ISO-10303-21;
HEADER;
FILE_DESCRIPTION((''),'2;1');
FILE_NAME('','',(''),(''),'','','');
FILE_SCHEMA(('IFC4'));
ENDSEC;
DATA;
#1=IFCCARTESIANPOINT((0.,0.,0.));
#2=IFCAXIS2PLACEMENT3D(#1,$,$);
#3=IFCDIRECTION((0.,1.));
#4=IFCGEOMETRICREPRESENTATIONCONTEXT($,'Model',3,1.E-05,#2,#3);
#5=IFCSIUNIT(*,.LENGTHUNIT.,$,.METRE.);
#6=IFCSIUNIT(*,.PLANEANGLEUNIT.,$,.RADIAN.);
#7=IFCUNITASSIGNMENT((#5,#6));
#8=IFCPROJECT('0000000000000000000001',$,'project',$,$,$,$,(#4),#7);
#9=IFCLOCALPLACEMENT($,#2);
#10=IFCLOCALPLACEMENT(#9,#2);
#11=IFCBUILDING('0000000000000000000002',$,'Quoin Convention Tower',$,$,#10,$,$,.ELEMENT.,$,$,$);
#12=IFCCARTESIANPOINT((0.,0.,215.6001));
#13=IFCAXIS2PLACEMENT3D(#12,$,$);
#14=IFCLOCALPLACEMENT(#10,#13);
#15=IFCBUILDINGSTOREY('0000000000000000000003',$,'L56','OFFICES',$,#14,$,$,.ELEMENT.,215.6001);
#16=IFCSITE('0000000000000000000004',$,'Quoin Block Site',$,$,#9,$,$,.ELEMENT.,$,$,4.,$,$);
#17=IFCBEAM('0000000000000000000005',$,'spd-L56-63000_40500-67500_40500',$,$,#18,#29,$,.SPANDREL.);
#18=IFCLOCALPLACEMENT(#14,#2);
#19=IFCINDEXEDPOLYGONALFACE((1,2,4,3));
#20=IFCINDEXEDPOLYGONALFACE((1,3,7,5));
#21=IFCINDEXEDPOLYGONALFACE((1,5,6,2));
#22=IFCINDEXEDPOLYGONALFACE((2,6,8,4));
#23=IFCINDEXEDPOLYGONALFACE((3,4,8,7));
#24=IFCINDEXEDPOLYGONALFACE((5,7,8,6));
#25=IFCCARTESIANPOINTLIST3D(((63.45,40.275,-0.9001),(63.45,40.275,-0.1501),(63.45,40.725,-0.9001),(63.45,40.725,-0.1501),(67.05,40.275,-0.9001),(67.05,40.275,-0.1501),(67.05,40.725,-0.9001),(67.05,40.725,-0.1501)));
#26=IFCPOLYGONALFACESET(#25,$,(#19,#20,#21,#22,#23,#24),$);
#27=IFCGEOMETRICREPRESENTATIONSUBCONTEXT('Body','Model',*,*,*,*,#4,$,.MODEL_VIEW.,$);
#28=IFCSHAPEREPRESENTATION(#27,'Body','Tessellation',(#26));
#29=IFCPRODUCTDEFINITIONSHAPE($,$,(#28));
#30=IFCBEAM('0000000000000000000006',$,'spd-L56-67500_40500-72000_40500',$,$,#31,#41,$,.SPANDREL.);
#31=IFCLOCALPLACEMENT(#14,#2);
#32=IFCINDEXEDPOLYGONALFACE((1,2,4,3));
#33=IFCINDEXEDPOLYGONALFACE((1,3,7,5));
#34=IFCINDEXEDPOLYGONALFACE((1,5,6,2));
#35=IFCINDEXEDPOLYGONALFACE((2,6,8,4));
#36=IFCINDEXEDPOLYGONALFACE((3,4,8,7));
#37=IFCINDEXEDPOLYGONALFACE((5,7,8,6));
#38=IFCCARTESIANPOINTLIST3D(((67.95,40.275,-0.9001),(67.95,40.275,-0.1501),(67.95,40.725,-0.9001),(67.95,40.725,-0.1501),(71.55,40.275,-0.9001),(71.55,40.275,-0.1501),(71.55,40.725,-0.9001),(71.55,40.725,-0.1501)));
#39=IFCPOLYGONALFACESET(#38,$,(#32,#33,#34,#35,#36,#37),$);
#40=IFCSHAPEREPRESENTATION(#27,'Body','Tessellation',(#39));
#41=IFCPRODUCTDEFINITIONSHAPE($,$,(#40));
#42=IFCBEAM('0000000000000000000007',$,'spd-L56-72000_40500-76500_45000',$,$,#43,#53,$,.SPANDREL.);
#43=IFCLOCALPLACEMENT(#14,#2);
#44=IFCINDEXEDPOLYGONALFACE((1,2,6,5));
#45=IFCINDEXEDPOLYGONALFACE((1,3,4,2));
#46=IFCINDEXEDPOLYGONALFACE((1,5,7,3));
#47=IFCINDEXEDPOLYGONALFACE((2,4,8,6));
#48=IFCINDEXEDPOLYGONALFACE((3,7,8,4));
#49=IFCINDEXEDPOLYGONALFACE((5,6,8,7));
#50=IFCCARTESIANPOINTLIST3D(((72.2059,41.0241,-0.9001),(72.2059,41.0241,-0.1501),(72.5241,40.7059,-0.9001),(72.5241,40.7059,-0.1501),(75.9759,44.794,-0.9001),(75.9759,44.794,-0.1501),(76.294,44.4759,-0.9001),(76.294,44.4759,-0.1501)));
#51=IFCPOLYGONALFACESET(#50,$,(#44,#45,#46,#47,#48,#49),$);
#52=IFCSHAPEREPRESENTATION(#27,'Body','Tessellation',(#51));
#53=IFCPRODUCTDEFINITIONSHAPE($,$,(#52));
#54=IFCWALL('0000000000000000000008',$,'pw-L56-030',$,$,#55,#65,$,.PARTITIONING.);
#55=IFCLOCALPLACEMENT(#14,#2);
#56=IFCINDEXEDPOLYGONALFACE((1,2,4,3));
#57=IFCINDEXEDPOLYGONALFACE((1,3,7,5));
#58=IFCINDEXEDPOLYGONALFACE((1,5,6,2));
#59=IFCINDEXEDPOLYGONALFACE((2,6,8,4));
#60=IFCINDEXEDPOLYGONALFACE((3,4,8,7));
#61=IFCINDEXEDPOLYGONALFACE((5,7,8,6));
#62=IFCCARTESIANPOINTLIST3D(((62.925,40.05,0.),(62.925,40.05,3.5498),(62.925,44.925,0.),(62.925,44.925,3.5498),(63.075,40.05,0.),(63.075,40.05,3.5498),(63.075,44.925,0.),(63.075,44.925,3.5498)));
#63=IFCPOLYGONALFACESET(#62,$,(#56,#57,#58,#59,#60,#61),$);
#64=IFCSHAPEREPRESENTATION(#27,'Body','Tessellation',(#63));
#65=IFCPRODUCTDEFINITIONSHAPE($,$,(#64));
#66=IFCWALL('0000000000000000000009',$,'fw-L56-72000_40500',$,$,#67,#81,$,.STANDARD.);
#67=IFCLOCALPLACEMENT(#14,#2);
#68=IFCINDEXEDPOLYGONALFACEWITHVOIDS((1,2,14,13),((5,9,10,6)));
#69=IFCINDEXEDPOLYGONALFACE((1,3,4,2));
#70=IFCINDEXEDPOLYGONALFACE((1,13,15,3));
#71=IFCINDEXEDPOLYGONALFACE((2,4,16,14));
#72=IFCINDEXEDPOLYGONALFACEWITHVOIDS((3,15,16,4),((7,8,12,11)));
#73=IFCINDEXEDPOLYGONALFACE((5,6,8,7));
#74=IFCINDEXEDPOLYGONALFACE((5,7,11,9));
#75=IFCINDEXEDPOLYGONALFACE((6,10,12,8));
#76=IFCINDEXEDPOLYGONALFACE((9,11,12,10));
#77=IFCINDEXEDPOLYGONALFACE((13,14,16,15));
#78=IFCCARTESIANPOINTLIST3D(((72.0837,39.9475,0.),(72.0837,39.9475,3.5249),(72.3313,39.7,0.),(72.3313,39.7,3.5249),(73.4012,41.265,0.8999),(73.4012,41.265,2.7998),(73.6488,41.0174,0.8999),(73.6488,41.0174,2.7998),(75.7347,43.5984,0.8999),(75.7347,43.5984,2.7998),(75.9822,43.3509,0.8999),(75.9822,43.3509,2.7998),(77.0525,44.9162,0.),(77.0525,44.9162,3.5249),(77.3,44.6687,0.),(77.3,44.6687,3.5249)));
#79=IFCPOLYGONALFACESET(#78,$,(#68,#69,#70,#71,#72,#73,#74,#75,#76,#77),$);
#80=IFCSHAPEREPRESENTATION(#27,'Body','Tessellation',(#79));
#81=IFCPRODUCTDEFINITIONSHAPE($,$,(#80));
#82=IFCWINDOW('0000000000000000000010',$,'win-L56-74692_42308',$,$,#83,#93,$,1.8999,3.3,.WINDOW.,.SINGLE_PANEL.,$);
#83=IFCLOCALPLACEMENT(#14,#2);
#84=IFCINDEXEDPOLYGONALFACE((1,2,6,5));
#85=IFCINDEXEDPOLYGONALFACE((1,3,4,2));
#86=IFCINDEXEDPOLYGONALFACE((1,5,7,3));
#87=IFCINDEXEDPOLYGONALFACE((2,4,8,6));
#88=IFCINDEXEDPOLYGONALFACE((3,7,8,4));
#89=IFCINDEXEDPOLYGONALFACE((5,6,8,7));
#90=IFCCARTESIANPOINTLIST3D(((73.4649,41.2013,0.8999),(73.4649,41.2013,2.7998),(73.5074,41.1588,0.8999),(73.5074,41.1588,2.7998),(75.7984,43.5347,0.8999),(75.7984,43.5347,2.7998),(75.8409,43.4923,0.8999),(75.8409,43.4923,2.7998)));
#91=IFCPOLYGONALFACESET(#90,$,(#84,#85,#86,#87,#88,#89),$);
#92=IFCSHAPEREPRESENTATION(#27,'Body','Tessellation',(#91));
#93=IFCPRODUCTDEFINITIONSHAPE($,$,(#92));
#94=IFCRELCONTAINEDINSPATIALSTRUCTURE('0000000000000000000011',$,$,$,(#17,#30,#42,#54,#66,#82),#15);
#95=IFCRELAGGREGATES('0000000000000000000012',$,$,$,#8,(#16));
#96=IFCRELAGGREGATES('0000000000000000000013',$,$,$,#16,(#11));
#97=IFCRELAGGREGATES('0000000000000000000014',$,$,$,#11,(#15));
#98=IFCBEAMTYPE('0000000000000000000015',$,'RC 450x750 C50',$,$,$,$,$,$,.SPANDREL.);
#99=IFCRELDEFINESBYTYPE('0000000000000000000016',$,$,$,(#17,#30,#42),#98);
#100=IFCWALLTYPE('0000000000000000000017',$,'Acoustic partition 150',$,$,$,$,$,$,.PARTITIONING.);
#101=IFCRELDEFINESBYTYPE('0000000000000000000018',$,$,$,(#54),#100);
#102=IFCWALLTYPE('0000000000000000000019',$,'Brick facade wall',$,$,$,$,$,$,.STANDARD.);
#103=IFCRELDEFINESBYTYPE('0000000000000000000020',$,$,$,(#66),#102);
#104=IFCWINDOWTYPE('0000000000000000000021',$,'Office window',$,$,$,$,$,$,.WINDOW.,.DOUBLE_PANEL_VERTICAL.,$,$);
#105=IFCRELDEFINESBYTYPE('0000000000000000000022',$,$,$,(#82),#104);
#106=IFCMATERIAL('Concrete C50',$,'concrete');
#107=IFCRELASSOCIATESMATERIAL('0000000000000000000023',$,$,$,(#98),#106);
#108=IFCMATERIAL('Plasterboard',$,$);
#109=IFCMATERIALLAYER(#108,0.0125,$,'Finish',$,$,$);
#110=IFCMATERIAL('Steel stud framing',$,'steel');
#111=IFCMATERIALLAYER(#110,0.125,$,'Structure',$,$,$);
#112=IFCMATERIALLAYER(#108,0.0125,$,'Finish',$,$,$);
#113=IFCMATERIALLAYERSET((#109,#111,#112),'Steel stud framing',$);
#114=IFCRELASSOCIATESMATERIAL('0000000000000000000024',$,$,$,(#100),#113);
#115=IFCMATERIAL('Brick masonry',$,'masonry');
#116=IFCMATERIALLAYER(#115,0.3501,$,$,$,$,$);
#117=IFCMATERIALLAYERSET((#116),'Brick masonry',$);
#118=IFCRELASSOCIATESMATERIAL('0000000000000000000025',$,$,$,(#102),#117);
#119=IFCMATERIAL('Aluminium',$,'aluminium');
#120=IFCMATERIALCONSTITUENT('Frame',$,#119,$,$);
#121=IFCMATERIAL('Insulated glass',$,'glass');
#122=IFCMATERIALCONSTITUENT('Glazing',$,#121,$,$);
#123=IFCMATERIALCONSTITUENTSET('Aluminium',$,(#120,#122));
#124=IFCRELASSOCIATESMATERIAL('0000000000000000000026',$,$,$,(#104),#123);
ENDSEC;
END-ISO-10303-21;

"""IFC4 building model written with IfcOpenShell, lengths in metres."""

from ifc_helpers import new_model, si_unit, direction, frame, frame_2d, origin, origin_2d, place, context, subcontext, project, spatial, rectangle, extrude, material, layer, layer_set, constituent, constituent_set, material_profile, profile_set, type_object, element, fill, save


model = new_model("IFC4")

# Units and contexts
model_context = context("Model", 3, precision=1e-05, world=origin(), true_north=direction((0.0, 1.0)))
body_context = subcontext(model_context, "Body", "Model", "MODEL_VIEW")
ifc_project = project(units=[si_unit("LENGTHUNIT", "METRE"), si_unit("PLANEANGLEUNIT", "RADIAN")], contexts=[model_context])

# Site, building, storey
site_placement = place(None, origin())
site = spatial("IfcSite", under=ifc_project, at=site_placement, Name="Quoin Block Site", CompositionType="ELEMENT", RefElevation=4.0)
building_placement = place(site_placement, origin())
building = spatial("IfcBuilding", under=site, at=building_placement, Name="Quoin Convention Tower", CompositionType="ELEMENT")
storey_placement = place(building_placement, frame((0.0, 0.0, 215.6001)))
storey = spatial("IfcBuildingStorey", under=building, at=storey_placement, Name="L56", Description="OFFICES", CompositionType="ELEMENT", Elevation=215.6001)

# Shared definitions
ifc_material_1 = material(Name="Concrete C50", Category="concrete")

# Beams
ifc_material_profile_1 = material_profile(ifc_material_1, rectangle(XDim=0.45, YDim=0.75, at=origin_2d()), Name="RC 450x750")
ifc_profile_set_1 = profile_set([ifc_material_profile_1], Name="Concrete C50")
beam_type_1 = type_object("IfcBeamType", Name="RC 450x750 C50", PredefinedType="SPANDREL", material=ifc_profile_set_1)
for number, where, z_axis, x_axis, name in (
    (1, (63.45, 40.5, -0.5251), (1.0, 0.0, 0.0), (0.0, 1.0, 0.0), "spd-L56-63000_40500-67500_40500"),
    (2, (67.95, 40.5, -0.5251), (1.0, 0.0, 0.0), (0.0, 1.0, 0.0), "spd-L56-67500_40500-72000_40500"),
):
    element("IfcBeam", number, at=place(storey_placement, frame(where, z_axis=z_axis, x_axis=x_axis)), inside=storey, type_object=beam_type_1, Name=name, PredefinedType="SPANDREL", context=body_context, shape_type="SweptSolid", body=[
        extrude(rectangle(XDim=0.45, YDim=0.75, at=origin_2d()), origin(), (0.0, 0.0, 1.0), 3.6001),
    ])
beam_1_placement = place(storey_placement, frame((72.365, 40.865, -0.5251), z_axis=(0.707107, 0.707107, 0.0), x_axis=(-0.707107, 0.707107, 0.0)))
element("IfcBeam", 3, at=beam_1_placement, inside=storey, type_object=beam_type_1, Name="spd-L56-72000_40500-76500_45000", PredefinedType="SPANDREL", context=body_context, shape_type="SweptSolid", body=[
    extrude(rectangle(XDim=0.45, YDim=0.75, at=origin_2d()), origin(), (0.0, 0.0, 1.0), 5.3315),
])

# Wall
ifc_material_2 = material(Name="Plasterboard")
ifc_layer_1 = layer(ifc_material_2, 0.0125, Name="Finish")
ifc_material_3 = material(Name="Steel stud framing", Category="steel")
ifc_layer_2 = layer(ifc_material_3, 0.125, Name="Structure")
ifc_layer_3 = layer(ifc_material_2, 0.0125, Name="Finish")
ifc_layer_set_1 = layer_set([ifc_layer_1, ifc_layer_2, ifc_layer_3], Name="Steel stud framing")
wall_type_1 = type_object("IfcWallType", Name="Acoustic partition 150", PredefinedType="PARTITIONING", material=ifc_layer_set_1)
wall_1_placement = place(storey_placement, frame((63.0, 40.05, 0.0), z_axis=(0.0, 0.0, 1.0), x_axis=(0.0, 1.0, 0.0)))
element("IfcWall", 4, at=wall_1_placement, inside=storey, type_object=wall_type_1, Name="pw-L56-030", PredefinedType="PARTITIONING", context=body_context, shape_type="SweptSolid", body=[
    extrude(rectangle(XDim=4.875, YDim=0.1499, at=frame_2d((2.4375, 0.0))), origin(), (0.0, 0.0, 1.0), 3.5498),
])

# Wall, opening, window
ifc_material_4 = material(Name="Brick masonry", Category="masonry")
ifc_layer_4 = layer(ifc_material_4, 0.3501)
ifc_layer_set_2 = layer_set([ifc_layer_4], Name="Brick masonry")
wall_type_2 = type_object("IfcWallType", Name="Brick facade wall", PredefinedType="STANDARD", material=ifc_layer_set_2)
wall_2_placement = place(storey_placement, frame((72.2075, 39.8237, 0.0), z_axis=(0.0, 0.0, 1.0), x_axis=(0.707107, 0.707107, 0.0)))
wall_2 = element("IfcWall", 5, at=wall_2_placement, inside=storey, type_object=wall_type_2, Name="fw-L56-72000_40500", PredefinedType="STANDARD", context=body_context, shape_type="SweptSolid", body=[
    extrude(rectangle(XDim=7.0269, YDim=0.3501, at=frame_2d((3.5134, 0.0))), origin(), (0.0, 0.0, 1.0), 3.5249),
])
opening_1_placement = place(wall_2_placement, frame((1.8633, 0.0, 0.8999)))
opening_1 = element("IfcOpeningElement", 6, at=opening_1_placement, cuts=wall_2, PredefinedType="OPENING", context=body_context, shape_type="SweptSolid", body=[
    extrude(rectangle(XDim=3.3, YDim=1.8999, at=frame_2d((1.6499, 0.95))), frame((0.0, 0.1851, 0.0), z_axis=(0.0, -1.0, 0.0), x_axis=(1.0, 0.0, 0.0)), (0.0, 0.0, 1.0), 0.3701),
])
ifc_material_5 = material(Name="Aluminium", Category="aluminium")
ifc_constituent_1 = constituent(ifc_material_5, Name="Frame")
ifc_material_6 = material(Name="Insulated glass", Category="glass")
ifc_constituent_2 = constituent(ifc_material_6, Name="Glazing")
ifc_constituent_set = constituent_set(constituents=[ifc_constituent_1, ifc_constituent_2], Name="Aluminium")
window_type = type_object("IfcWindowType", Name="Office window", PartitioningType="DOUBLE_PANEL_VERTICAL", PredefinedType="WINDOW", material=ifc_constituent_set)
window_1_placement = place(opening_1_placement, origin())
window_1 = element("IfcWindow", 7, at=window_1_placement, inside=storey, type_object=window_type, Name="win-L56-74692_42308", OverallHeight=1.8999, OverallWidth=3.3, PartitioningType="SINGLE_PANEL", PredefinedType="WINDOW", context=body_context, shape_type="SweptSolid", body=[
    extrude(rectangle(XDim=3.3, YDim=1.8999, at=frame_2d((1.6499, 0.95))), frame((0.0, 0.085, 0.0), z_axis=(0.0, -1.0, 0.0), x_axis=(1.0, 0.0, 0.0)), (0.0, 0.0, 1.0), 0.0601),
])
fill(opening_1, window_1)

save(model, "model.ifc")
